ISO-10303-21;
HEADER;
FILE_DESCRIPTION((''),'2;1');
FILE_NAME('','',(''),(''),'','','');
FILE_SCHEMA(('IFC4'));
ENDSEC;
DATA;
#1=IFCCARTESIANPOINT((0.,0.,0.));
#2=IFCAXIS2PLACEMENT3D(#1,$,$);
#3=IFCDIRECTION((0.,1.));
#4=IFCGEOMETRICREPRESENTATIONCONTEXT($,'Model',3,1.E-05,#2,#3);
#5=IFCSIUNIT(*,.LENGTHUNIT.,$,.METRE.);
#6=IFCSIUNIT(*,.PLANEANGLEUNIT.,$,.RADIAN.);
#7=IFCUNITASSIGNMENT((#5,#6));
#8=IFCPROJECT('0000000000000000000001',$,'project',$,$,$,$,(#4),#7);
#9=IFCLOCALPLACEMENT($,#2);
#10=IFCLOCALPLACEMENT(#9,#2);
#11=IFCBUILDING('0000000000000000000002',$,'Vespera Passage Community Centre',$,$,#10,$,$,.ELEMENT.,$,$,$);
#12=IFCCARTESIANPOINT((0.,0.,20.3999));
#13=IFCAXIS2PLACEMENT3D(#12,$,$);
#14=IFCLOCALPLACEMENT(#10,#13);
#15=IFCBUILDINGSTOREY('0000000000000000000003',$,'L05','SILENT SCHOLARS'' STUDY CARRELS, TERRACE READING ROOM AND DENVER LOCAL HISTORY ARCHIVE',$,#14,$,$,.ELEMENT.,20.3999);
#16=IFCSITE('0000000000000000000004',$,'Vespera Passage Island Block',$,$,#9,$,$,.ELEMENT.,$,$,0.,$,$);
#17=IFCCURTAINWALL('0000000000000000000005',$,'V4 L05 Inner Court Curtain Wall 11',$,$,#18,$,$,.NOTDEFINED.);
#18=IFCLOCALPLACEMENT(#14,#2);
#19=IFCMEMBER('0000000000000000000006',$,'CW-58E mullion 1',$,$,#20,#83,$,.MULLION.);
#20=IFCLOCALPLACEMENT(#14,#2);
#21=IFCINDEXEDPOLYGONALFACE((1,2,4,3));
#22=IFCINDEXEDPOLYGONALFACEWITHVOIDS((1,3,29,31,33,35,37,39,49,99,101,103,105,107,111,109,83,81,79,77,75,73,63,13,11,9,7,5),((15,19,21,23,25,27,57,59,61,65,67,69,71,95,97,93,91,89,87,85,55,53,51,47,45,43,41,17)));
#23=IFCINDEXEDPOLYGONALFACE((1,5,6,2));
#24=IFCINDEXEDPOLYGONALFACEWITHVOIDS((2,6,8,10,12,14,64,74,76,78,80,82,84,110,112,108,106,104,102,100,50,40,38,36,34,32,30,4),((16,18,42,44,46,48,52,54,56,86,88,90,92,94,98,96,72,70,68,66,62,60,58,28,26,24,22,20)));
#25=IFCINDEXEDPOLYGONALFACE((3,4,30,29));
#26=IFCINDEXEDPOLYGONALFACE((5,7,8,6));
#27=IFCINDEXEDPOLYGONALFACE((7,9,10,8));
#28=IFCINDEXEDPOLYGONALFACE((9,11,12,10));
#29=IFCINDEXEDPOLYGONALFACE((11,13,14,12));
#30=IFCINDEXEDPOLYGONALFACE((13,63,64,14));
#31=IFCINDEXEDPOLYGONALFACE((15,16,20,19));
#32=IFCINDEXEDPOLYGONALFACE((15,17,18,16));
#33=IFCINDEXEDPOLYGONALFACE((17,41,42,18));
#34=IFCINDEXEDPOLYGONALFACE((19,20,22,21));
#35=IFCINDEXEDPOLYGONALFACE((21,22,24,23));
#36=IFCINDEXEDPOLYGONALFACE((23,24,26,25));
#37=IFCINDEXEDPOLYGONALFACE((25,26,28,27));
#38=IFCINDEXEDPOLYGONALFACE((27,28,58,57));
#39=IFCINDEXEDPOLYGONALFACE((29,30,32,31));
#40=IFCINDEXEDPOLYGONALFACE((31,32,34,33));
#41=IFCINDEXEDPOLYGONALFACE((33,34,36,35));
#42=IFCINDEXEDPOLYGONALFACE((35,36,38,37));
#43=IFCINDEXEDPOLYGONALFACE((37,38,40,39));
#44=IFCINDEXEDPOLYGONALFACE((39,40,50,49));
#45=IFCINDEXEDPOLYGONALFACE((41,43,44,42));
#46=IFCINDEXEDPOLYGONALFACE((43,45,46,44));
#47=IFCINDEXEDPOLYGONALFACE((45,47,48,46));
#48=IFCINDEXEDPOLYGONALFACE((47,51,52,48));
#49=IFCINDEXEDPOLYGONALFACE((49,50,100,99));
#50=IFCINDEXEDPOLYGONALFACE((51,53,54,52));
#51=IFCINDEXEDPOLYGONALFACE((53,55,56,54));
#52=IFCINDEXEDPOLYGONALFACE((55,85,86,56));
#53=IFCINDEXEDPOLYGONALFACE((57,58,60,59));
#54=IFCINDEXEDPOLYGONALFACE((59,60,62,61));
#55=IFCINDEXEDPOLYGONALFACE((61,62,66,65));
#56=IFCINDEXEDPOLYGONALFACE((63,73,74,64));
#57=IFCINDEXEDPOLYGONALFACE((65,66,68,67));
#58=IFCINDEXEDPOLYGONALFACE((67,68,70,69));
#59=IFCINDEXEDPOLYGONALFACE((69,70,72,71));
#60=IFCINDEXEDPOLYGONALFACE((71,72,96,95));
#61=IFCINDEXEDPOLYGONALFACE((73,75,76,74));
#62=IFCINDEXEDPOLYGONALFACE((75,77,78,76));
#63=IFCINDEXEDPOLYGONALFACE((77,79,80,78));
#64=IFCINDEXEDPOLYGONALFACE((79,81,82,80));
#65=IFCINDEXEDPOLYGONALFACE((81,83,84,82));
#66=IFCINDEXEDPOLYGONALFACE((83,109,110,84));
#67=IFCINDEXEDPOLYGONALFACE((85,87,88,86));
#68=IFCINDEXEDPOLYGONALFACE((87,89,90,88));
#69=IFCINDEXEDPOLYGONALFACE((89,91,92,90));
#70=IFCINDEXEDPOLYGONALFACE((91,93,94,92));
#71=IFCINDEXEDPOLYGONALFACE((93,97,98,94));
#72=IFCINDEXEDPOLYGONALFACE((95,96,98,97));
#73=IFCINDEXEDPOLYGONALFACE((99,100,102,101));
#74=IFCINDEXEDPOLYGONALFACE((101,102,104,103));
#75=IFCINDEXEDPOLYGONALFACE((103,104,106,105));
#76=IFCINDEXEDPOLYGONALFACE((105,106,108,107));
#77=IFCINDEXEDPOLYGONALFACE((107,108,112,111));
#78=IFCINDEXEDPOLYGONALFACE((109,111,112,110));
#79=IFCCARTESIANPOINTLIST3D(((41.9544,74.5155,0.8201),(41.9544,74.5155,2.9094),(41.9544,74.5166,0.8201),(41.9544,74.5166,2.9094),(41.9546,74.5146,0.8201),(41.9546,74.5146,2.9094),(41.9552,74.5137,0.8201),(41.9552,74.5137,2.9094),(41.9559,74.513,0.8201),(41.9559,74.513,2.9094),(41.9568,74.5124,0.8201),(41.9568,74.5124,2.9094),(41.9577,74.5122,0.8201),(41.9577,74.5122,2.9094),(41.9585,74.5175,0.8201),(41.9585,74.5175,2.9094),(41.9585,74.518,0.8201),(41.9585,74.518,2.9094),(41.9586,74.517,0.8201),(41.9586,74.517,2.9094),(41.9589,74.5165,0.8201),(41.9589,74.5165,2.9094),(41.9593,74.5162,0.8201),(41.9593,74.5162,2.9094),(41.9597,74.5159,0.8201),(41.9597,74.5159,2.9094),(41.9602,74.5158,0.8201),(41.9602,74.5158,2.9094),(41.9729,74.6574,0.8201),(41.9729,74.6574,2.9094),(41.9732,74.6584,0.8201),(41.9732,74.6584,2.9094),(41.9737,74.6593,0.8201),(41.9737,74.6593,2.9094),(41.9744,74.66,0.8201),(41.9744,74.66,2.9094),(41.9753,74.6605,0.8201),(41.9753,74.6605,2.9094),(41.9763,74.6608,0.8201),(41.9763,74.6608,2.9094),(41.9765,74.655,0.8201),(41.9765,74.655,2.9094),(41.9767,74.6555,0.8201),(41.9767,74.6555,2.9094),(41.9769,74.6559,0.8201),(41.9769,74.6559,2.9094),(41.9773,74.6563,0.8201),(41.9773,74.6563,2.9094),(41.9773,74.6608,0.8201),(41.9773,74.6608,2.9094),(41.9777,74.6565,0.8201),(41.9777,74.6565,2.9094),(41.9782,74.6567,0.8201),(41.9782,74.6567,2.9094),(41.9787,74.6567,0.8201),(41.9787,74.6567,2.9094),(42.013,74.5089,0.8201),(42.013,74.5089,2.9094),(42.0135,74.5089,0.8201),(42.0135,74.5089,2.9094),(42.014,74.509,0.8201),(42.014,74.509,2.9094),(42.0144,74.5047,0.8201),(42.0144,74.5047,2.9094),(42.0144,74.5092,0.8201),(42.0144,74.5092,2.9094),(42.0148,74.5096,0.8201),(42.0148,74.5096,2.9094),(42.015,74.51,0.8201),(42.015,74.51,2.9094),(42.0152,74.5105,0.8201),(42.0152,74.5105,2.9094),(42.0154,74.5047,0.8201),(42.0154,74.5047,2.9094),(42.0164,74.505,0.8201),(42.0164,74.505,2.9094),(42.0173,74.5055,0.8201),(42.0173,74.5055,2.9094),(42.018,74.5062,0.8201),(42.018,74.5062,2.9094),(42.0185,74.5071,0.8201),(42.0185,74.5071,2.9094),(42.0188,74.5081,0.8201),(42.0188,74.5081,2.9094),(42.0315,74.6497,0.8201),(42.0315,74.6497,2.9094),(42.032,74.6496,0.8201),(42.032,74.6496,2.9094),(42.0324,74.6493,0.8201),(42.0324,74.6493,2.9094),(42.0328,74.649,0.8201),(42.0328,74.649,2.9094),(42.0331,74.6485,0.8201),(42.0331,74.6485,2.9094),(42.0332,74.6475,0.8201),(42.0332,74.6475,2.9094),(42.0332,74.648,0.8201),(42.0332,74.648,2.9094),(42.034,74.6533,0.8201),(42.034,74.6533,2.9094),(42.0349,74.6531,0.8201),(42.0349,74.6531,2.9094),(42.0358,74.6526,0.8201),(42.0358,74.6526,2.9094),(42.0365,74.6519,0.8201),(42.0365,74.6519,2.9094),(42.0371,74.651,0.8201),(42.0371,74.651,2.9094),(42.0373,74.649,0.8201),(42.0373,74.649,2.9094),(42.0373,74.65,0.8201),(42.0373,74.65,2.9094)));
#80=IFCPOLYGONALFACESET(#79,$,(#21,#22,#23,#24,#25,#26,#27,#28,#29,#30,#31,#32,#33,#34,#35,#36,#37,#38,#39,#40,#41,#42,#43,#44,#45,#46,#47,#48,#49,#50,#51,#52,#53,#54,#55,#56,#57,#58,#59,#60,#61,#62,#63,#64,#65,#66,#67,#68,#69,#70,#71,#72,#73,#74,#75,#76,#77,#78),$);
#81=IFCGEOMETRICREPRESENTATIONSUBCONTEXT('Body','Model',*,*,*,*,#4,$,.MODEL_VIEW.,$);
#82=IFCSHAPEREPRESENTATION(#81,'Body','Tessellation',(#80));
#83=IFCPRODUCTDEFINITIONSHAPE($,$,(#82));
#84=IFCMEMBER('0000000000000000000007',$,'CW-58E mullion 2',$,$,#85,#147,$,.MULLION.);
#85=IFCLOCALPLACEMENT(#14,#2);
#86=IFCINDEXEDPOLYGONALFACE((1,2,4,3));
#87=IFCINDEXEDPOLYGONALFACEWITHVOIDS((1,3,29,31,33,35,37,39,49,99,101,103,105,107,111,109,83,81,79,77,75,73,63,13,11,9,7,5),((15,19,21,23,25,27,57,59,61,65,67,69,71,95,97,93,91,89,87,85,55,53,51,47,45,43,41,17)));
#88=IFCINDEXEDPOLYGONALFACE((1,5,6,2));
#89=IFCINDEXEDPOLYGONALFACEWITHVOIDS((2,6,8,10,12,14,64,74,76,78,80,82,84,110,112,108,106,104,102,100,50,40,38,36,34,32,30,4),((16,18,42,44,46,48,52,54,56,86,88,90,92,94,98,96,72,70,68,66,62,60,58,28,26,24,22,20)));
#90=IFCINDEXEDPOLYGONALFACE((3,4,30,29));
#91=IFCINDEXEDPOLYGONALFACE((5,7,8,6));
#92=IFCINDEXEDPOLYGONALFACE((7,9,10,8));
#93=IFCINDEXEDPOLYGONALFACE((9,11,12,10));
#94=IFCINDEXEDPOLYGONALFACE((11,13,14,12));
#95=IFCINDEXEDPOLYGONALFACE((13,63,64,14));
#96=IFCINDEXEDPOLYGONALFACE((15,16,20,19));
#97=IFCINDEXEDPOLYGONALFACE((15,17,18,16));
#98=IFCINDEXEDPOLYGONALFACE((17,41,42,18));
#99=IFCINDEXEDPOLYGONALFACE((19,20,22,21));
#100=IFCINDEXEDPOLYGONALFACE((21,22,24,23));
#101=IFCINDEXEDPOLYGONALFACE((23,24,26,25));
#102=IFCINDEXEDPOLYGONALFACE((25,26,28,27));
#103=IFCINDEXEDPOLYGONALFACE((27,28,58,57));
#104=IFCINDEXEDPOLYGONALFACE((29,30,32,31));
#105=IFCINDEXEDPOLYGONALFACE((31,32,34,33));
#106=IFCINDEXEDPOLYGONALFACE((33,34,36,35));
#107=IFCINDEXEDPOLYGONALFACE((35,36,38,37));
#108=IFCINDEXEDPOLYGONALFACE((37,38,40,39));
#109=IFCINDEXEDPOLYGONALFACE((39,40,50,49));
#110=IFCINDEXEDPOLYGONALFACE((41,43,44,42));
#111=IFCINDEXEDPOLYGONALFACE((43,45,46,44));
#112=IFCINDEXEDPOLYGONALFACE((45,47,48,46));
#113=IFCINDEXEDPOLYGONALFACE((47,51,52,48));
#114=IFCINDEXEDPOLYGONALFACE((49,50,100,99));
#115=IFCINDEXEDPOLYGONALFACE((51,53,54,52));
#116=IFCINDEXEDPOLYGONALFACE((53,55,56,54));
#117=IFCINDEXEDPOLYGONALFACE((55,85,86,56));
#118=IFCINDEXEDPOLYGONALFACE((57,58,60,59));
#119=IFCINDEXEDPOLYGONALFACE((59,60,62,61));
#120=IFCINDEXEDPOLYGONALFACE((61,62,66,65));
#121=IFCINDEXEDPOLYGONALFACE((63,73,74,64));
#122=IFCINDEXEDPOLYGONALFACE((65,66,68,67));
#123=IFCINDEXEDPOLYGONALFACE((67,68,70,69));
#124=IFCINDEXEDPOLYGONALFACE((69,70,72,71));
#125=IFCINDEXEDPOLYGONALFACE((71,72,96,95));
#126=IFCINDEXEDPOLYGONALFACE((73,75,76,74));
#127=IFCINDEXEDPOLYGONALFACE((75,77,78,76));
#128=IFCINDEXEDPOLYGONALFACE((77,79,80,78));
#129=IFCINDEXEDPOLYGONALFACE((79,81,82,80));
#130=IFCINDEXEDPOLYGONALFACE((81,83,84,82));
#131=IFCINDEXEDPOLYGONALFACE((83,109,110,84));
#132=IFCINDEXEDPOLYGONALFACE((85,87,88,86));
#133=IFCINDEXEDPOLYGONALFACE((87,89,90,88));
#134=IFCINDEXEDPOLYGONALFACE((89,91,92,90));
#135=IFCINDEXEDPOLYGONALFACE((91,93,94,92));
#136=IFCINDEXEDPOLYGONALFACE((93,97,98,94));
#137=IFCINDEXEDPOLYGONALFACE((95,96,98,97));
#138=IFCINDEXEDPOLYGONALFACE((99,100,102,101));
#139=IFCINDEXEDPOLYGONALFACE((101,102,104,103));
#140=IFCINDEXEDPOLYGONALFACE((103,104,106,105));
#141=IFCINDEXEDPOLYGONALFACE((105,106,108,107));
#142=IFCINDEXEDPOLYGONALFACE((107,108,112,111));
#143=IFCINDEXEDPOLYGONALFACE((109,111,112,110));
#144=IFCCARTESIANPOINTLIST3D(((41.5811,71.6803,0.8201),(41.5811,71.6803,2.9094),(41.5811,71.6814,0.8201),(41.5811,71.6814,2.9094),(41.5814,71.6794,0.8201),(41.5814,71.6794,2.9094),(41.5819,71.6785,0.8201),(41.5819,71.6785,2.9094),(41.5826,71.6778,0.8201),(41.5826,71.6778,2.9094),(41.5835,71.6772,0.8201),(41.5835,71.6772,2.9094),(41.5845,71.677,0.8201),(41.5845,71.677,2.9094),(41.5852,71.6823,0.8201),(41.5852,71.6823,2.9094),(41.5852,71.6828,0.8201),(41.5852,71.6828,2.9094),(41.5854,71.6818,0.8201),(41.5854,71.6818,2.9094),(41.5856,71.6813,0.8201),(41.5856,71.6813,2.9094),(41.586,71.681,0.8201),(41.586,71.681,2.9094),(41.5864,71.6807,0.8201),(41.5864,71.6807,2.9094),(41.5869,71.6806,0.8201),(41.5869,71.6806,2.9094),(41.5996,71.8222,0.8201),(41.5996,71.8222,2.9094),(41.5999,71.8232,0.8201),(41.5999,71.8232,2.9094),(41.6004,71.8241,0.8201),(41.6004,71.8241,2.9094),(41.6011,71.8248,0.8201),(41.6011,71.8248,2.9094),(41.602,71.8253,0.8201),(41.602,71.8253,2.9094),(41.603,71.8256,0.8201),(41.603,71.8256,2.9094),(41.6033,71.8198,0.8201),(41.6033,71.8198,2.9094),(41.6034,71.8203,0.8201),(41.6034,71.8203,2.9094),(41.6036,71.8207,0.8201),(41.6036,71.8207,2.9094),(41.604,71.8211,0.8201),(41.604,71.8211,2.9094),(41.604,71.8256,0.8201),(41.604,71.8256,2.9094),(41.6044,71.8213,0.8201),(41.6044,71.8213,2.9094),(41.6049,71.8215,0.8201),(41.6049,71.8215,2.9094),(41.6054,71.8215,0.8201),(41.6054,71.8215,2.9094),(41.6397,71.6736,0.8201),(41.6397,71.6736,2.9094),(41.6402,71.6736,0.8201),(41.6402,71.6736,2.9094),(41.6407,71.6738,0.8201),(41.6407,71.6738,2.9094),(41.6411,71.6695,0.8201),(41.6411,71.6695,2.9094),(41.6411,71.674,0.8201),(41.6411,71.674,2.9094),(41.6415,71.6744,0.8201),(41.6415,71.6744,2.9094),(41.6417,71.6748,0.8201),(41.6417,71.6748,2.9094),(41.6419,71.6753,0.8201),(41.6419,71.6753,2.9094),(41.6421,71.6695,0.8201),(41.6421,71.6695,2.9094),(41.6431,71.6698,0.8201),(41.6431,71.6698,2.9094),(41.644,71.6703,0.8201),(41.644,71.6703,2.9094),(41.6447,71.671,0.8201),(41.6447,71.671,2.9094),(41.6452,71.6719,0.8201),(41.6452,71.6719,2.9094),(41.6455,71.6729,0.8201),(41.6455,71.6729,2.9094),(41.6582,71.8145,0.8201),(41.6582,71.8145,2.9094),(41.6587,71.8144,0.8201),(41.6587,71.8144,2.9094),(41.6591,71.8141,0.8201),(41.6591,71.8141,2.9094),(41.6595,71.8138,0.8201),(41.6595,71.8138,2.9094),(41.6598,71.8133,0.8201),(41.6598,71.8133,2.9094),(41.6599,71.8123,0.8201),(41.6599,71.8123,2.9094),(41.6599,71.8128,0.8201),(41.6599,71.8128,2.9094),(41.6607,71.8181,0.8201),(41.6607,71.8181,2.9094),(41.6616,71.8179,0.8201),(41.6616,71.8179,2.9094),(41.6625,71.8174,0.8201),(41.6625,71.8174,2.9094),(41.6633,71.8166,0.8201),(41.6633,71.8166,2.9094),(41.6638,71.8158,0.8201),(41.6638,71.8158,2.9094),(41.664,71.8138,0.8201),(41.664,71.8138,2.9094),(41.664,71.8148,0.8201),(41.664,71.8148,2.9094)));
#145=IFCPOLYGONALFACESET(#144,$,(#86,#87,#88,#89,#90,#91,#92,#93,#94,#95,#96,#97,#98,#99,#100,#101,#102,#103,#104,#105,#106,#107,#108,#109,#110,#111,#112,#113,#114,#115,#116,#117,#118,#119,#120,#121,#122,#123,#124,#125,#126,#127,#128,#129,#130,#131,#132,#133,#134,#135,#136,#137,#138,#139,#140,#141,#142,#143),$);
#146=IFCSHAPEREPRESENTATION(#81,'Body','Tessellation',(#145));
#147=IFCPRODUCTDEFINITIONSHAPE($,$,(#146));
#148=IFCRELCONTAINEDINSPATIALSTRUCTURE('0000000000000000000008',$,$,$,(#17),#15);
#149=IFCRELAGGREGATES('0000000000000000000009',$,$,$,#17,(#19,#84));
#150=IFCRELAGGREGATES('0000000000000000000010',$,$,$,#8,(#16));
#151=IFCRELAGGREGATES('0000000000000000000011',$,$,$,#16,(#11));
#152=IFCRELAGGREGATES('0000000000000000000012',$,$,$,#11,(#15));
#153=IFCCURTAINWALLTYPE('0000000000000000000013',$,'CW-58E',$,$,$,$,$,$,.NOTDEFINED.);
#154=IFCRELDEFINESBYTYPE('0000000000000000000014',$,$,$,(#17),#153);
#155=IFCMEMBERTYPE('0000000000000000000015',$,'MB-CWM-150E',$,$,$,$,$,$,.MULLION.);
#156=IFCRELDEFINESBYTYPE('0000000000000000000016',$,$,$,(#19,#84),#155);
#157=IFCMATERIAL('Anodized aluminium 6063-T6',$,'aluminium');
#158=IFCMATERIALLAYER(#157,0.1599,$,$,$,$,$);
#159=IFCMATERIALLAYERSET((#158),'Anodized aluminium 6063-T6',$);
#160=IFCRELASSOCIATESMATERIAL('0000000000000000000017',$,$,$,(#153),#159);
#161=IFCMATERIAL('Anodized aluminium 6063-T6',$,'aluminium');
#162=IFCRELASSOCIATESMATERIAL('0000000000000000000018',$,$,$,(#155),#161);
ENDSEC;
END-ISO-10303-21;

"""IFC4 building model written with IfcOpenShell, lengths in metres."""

from ifc_helpers import new_model, si_unit, direction, frame, origin, origin_2d, place, context, subcontext, project, spatial, hollow_rectangle, extrude, material, layer, layer_set, material_profile, profile_set, type_object, element, aggregate, save


model = new_model("IFC4")

# Units and contexts
model_context = context("Model", 3, precision=1e-05, world=origin(), true_north=direction((0.0, 1.0)))
body_context = subcontext(model_context, "Body", "Model", "MODEL_VIEW")
ifc_project = project(units=[si_unit("LENGTHUNIT", "METRE"), si_unit("PLANEANGLEUNIT", "RADIAN")], contexts=[model_context])

# Site, building, storey
site_placement = place(None, origin())
site = spatial("IfcSite", under=ifc_project, at=site_placement, Name="Vespera Passage Island Block", CompositionType="ELEMENT", RefElevation=0.0)
building_placement = place(site_placement, origin())
building = spatial("IfcBuilding", under=site, at=building_placement, Name="Vespera Passage Community Centre", CompositionType="ELEMENT")
storey_placement = place(building_placement, frame((0.0, 0.0, 20.3999)))
storey = spatial("IfcBuildingStorey", under=building, at=storey_placement, Name="L05", Description="SILENT SCHOLARS' STUDY CARRELS, TERRACE READING ROOM AND DENVER LOCAL HISTORY ARCHIVE", CompositionType="ELEMENT", Elevation=20.3999)

# Curtain wall, members
ifc_material_1 = material(Name="Anodized aluminium 6063-T6", Category="aluminium")
ifc_layer_1 = layer(ifc_material_1, 0.1599)
ifc_layer_set_1 = layer_set([ifc_layer_1], Name="Anodized aluminium 6063-T6")
curtain_wall_type_1 = type_object("IfcCurtainWallType", Name="CW-58E", PredefinedType="NOTDEFINED", material=ifc_layer_set_1)
curtain_wall_1_placement = place(storey_placement, origin())
curtain_wall_1 = element("IfcCurtainWall", 1, at=curtain_wall_1_placement, inside=storey, type_object=curtain_wall_type_1, Name="V4 L05 Inner Court Curtain Wall 11", PredefinedType="NOTDEFINED")
ifc_material_2 = material(Name="Anodized aluminium 6063-T6", Category="aluminium")
ifc_material_profile_1 = material_profile(ifc_material_2, hollow_rectangle(XDim=0.0649, YDim=0.1499, WallThickness=0.0039, InnerFilletRadius=0.002, OuterFilletRadius=0.0039, at=origin_2d()), Name="ALU150X65X4")
ifc_profile_set_1 = profile_set([ifc_material_profile_1], Name="Anodized aluminium 6063-T6")
member_type_1 = type_object("IfcMemberType", Name="MB-CWM-150E", PredefinedType="MULLION", material=ifc_profile_set_1)
member_1_placement = place(storey_placement, frame((41.9958, 74.5828, 0.8201), z_axis=(0.0, 0.0, 1.0), x_axis=(0.991445, -0.130522, 0.0)))
member_1 = element("IfcMember", 2, at=member_1_placement, type_object=member_type_1, Name="CW-58E mullion 1", PredefinedType="MULLION", context=body_context, shape_type="SweptSolid", body=[
    extrude(hollow_rectangle(XDim=0.0649, YDim=0.1499, WallThickness=0.0039, InnerFilletRadius=0.002, OuterFilletRadius=0.0039, at=origin_2d()), origin(), (0.0, 0.0, 1.0), 2.0894),
])
member_2_placement = place(storey_placement, frame((41.6226, 71.7476, 0.8201), z_axis=(0.0, 0.0, 1.0), x_axis=(0.991445, -0.130522, 0.0)))
member_2 = element("IfcMember", 3, at=member_2_placement, type_object=member_type_1, Name="CW-58E mullion 2", PredefinedType="MULLION", context=body_context, shape_type="SweptSolid", body=[
    extrude(hollow_rectangle(XDim=0.0649, YDim=0.1499, WallThickness=0.0039, InnerFilletRadius=0.002, OuterFilletRadius=0.0039, at=origin_2d()), origin(), (0.0, 0.0, 1.0), 2.0894),
])

aggregate(curtain_wall_1, [member_1, member_2])

save(model, "model.ifc")
